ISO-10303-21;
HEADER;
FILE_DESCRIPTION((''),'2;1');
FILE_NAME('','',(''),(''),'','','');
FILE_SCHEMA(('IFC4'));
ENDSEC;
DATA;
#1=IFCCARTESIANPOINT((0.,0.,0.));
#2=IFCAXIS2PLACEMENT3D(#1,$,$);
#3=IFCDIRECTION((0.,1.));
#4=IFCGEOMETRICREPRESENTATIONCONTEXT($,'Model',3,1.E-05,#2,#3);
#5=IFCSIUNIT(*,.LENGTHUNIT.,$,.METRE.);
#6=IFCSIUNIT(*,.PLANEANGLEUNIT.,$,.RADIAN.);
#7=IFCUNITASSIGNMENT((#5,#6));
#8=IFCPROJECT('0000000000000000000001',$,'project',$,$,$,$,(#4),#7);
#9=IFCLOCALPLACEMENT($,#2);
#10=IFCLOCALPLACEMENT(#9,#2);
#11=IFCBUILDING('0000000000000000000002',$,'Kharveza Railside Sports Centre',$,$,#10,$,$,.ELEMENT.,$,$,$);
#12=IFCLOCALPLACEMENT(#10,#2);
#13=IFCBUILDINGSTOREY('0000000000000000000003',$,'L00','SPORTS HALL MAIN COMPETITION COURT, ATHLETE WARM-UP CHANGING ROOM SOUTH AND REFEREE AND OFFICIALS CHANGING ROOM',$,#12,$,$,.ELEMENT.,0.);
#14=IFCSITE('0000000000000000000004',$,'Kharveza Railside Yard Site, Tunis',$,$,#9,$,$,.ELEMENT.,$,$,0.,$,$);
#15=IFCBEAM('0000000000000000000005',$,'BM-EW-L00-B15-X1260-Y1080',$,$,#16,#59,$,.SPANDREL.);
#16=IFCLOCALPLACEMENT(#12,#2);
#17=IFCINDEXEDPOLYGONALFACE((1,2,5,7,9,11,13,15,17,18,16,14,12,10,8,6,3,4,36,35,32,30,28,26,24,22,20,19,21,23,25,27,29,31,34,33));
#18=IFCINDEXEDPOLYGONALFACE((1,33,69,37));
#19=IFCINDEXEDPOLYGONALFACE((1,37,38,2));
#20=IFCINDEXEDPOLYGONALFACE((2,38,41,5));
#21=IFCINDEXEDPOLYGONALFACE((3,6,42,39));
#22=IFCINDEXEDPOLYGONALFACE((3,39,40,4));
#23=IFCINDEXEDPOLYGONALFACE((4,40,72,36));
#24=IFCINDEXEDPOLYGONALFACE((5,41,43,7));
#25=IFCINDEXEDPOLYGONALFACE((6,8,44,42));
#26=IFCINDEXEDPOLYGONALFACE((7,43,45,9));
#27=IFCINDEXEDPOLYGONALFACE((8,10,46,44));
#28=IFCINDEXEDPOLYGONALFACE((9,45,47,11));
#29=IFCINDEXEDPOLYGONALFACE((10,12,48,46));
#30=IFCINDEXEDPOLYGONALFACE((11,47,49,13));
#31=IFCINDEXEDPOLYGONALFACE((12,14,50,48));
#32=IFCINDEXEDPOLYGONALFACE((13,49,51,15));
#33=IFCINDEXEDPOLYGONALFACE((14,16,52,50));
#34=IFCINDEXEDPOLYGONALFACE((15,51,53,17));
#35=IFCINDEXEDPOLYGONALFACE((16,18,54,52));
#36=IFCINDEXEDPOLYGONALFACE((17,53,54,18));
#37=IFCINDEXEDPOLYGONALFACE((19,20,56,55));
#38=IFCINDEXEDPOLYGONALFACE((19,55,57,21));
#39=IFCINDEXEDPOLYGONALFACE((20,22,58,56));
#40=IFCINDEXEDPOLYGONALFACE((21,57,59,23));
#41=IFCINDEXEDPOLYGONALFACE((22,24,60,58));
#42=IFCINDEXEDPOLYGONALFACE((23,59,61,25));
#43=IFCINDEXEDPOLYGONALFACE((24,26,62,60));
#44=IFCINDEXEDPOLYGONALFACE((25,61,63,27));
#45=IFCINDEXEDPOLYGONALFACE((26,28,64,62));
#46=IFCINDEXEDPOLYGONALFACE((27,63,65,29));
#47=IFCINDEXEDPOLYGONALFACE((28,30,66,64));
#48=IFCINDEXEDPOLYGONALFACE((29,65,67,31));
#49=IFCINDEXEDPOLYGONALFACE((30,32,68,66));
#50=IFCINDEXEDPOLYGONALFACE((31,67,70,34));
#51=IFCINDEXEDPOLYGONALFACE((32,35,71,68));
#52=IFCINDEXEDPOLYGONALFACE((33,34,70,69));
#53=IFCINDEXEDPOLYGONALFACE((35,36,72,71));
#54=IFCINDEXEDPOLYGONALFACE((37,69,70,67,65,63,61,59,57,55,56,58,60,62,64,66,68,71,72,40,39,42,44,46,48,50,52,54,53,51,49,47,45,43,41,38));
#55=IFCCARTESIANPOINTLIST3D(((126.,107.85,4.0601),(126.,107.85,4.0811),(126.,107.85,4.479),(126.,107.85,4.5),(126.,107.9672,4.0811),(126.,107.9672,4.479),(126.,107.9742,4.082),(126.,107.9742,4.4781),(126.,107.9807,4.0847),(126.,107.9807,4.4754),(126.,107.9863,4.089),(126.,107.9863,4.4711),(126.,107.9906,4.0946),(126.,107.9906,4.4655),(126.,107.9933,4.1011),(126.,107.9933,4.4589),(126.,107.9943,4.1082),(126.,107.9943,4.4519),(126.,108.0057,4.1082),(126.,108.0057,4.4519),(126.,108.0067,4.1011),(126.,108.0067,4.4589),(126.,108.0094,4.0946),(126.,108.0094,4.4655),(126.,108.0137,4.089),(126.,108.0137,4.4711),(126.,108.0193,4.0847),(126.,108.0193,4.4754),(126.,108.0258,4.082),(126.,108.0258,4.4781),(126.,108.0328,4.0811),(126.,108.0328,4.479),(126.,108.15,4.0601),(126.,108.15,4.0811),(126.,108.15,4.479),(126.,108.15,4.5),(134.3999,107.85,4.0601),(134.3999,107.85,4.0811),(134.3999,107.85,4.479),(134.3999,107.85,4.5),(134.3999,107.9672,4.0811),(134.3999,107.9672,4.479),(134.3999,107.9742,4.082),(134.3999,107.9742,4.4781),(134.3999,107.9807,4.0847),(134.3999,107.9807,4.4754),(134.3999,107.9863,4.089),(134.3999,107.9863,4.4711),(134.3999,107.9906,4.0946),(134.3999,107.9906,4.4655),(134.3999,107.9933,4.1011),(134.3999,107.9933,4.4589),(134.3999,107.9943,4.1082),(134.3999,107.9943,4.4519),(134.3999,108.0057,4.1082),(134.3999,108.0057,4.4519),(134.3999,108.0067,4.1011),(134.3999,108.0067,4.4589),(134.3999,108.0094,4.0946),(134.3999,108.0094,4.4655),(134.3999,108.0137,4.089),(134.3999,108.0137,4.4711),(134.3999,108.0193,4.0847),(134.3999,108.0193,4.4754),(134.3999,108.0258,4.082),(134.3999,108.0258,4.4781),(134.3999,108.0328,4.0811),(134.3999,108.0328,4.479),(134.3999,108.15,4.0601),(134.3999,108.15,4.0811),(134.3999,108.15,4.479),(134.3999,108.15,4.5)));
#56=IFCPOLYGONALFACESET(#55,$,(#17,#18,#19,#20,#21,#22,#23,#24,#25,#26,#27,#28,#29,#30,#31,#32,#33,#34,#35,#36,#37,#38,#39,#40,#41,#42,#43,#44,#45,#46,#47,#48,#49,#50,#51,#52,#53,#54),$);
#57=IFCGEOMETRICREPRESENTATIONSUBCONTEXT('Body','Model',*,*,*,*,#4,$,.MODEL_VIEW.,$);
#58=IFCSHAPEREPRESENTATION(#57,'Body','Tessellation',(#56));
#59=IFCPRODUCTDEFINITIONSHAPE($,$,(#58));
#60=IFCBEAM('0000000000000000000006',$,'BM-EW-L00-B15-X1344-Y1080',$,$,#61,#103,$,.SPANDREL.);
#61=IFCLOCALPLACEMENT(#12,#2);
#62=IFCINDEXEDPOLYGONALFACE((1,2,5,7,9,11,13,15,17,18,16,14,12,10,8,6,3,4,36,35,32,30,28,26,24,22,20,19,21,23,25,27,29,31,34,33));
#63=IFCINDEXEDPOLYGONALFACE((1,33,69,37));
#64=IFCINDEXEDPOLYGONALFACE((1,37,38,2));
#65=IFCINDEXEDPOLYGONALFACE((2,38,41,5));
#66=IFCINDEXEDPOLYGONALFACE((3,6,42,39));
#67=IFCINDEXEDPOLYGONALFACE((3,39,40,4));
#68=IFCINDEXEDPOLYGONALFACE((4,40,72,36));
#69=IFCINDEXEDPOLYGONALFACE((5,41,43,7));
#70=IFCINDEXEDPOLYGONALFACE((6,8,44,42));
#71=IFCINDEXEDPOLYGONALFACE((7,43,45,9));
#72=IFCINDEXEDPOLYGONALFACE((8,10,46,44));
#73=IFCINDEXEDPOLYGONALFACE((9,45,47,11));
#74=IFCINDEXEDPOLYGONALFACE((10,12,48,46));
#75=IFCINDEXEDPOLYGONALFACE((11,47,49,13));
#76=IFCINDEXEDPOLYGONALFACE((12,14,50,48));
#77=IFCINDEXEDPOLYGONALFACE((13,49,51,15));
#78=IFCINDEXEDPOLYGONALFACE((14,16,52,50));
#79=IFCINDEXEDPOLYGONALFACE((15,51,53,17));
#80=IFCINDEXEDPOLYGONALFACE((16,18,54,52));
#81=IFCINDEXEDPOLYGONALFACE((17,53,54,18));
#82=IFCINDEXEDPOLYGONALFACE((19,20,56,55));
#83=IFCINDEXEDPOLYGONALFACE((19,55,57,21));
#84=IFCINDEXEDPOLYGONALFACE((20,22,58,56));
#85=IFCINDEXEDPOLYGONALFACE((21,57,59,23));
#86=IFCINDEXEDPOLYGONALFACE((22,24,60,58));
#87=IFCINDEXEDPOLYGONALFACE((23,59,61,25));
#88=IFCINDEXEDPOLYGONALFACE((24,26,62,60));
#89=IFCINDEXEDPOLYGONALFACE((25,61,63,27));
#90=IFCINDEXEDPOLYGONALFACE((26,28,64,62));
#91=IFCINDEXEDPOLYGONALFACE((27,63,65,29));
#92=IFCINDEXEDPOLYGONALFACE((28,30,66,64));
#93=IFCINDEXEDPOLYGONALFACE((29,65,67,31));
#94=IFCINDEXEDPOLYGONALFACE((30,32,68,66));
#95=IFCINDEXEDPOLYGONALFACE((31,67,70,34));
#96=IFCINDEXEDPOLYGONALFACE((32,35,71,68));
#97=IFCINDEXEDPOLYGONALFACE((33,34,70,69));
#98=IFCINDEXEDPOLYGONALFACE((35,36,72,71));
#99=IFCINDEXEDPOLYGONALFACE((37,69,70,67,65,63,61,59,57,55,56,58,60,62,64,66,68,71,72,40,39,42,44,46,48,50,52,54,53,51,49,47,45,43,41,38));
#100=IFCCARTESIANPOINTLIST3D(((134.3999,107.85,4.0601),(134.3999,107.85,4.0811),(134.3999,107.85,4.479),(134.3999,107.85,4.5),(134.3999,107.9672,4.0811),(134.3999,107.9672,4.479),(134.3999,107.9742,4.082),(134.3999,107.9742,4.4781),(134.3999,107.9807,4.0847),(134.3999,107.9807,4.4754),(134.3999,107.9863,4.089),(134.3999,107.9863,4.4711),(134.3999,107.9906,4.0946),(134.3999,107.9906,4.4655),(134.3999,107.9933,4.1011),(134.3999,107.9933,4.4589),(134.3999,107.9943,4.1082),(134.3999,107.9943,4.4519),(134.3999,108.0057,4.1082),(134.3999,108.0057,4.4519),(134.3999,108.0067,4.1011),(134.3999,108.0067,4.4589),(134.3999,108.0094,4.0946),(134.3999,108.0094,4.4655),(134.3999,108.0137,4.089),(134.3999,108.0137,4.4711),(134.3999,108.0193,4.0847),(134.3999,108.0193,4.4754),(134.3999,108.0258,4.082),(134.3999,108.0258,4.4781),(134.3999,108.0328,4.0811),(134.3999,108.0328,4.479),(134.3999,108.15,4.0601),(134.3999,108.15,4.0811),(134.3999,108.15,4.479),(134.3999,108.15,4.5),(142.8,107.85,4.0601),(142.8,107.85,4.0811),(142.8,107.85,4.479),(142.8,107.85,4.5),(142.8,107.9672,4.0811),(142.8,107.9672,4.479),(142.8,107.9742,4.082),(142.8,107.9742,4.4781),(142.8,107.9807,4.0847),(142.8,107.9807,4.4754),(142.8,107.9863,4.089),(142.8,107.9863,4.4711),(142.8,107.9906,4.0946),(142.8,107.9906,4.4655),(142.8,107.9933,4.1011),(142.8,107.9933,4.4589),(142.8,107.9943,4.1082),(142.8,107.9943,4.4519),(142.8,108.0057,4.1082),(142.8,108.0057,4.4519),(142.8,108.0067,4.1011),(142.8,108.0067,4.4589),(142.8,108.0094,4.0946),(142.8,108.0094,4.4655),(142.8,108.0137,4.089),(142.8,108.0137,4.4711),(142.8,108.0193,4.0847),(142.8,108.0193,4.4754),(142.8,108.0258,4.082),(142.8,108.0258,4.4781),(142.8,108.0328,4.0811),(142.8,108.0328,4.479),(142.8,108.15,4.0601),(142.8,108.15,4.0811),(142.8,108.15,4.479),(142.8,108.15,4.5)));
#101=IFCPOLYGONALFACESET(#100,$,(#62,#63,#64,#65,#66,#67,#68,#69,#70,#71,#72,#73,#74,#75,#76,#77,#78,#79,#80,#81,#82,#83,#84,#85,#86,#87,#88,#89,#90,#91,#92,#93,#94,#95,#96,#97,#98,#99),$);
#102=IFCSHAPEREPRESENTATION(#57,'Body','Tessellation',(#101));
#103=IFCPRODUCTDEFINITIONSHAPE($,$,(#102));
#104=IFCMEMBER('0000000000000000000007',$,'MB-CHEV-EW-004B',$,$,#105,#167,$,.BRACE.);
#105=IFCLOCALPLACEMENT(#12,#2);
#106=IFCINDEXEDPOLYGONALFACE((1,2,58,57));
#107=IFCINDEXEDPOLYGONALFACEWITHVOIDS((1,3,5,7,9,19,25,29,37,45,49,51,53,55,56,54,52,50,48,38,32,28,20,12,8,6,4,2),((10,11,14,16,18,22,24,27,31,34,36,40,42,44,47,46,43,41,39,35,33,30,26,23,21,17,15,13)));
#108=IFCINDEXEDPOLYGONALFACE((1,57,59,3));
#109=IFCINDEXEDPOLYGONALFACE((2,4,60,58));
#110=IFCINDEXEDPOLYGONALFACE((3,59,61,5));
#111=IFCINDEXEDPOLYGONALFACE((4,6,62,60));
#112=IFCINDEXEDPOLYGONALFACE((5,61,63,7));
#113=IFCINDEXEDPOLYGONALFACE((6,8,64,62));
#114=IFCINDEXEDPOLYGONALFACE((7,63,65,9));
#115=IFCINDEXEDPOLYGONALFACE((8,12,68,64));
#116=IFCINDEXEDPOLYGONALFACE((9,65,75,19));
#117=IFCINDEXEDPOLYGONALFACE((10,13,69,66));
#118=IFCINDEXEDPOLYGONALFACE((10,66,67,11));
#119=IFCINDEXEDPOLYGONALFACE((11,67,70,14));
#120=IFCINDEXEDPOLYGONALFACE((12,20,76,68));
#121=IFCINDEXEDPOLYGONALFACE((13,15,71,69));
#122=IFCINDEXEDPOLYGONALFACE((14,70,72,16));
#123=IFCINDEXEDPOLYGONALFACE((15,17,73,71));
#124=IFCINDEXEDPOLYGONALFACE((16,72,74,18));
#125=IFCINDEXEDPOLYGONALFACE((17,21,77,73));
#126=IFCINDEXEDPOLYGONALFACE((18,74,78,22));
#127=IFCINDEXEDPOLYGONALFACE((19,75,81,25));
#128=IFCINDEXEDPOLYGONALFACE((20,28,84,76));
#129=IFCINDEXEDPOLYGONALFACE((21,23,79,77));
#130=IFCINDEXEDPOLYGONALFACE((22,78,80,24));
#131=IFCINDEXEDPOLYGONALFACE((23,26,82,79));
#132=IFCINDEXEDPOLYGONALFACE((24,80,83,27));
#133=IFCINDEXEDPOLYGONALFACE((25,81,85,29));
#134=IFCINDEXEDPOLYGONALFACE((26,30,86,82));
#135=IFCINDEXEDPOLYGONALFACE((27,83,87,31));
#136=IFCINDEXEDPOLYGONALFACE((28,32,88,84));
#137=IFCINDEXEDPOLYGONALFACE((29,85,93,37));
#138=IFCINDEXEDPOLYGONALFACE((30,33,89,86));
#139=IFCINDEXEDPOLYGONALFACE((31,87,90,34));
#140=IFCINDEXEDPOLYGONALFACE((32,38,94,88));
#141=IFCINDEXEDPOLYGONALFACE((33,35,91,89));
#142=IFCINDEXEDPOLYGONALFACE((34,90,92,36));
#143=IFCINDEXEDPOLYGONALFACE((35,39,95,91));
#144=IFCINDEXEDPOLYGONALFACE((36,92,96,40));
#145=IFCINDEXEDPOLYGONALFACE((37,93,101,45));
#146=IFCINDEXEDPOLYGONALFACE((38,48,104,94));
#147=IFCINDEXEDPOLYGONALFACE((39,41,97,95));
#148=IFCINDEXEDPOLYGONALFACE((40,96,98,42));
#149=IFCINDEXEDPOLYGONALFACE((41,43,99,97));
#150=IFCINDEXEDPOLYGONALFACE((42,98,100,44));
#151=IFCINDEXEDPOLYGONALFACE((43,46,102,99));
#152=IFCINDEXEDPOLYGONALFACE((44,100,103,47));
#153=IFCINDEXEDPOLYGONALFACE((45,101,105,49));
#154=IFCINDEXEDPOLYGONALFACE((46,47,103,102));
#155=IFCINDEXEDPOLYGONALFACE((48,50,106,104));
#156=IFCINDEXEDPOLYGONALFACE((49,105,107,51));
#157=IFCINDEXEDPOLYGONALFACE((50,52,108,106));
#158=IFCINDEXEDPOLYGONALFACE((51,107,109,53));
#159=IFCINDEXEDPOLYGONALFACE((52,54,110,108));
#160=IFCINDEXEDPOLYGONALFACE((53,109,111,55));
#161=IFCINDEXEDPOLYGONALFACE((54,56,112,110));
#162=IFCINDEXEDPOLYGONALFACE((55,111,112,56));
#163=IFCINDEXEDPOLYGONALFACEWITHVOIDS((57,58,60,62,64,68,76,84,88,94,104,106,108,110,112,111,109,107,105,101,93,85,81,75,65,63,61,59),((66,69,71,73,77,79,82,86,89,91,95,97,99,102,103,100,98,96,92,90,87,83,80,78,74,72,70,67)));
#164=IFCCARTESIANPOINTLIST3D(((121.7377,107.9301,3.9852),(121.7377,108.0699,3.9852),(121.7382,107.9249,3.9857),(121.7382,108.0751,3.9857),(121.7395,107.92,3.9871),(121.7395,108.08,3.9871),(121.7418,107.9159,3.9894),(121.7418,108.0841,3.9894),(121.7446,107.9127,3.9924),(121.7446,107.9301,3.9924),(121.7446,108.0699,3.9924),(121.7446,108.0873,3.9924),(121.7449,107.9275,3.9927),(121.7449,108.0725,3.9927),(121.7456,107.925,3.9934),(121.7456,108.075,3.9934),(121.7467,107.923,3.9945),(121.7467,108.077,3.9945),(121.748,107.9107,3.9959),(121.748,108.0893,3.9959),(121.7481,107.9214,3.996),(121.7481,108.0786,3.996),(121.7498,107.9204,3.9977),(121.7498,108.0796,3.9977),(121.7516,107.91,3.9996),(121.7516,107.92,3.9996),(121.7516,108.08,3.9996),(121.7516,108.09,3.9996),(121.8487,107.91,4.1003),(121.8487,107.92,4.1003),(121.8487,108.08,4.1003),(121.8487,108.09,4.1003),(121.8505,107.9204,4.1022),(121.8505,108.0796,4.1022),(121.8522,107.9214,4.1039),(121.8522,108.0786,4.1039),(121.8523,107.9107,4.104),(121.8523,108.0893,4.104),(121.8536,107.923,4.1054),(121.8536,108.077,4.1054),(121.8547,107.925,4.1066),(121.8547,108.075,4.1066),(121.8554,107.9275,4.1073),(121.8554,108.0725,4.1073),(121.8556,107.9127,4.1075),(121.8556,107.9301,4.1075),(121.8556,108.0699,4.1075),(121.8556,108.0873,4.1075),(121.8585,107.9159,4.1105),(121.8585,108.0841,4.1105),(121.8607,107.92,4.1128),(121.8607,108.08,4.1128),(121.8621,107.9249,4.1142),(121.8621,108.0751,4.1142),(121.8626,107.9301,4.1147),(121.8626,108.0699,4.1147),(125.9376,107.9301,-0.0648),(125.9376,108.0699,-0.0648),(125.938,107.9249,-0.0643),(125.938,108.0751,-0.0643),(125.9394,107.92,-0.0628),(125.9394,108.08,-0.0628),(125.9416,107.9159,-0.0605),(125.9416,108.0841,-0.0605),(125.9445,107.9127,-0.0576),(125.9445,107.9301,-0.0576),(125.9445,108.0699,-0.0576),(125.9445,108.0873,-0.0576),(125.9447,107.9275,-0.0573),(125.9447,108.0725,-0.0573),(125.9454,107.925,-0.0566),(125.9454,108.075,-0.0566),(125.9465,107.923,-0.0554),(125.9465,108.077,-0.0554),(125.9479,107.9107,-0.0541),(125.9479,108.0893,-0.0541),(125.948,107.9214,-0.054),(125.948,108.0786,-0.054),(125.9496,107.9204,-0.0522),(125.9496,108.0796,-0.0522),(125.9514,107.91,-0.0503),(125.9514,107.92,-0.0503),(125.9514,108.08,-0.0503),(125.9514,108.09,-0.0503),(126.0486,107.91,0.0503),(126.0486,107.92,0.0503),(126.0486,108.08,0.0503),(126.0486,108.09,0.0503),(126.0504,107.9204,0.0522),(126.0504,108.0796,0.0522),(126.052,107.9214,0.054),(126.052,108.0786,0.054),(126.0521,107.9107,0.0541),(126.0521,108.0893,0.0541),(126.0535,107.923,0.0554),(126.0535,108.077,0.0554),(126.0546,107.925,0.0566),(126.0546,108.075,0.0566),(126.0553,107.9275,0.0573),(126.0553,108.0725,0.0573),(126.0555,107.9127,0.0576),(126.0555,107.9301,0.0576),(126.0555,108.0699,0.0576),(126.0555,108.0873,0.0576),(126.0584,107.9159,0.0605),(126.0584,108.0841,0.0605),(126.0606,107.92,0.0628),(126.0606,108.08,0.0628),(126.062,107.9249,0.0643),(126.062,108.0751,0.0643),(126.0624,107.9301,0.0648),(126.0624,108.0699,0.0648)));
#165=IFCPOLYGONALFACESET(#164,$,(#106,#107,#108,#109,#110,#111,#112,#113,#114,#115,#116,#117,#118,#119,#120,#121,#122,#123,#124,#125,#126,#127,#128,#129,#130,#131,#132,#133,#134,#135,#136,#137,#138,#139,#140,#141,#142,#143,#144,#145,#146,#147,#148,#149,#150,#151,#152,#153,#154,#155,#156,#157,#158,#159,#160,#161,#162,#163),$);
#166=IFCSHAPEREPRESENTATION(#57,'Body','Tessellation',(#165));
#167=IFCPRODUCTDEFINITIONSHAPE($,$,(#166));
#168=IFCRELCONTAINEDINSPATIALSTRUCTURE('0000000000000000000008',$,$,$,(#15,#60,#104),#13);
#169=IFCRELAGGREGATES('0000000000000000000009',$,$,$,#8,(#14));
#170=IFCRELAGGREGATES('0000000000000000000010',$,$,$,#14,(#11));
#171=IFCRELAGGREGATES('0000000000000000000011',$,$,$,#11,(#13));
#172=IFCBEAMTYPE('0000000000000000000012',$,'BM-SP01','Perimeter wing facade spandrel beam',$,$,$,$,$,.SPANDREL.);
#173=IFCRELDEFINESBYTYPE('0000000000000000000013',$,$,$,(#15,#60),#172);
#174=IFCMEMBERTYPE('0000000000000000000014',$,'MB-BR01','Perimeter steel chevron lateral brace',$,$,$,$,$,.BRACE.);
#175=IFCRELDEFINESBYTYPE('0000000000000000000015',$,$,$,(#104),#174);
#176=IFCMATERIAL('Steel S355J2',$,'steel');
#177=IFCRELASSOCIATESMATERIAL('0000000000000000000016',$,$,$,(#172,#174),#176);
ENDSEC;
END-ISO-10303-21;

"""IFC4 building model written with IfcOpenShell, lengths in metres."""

from ifc_helpers import new_model, si_unit, direction, frame, origin, origin_2d, place, context, subcontext, project, spatial, hollow_rectangle, i_section, extrude, material, material_profile, profile_set, type_object, element, save


model = new_model("IFC4")

# Units and contexts
model_context = context("Model", 3, precision=1e-05, world=origin(), true_north=direction((0.0, 1.0)))
body_context = subcontext(model_context, "Body", "Model", "MODEL_VIEW")
ifc_project = project(units=[si_unit("LENGTHUNIT", "METRE"), si_unit("PLANEANGLEUNIT", "RADIAN")], contexts=[model_context])

# Site, building, storey
site_placement = place(None, origin())
site = spatial("IfcSite", under=ifc_project, at=site_placement, Name="Kharveza Railside Yard Site, Tunis", CompositionType="ELEMENT", RefElevation=0.0)
building_placement = place(site_placement, origin())
building = spatial("IfcBuilding", under=site, at=building_placement, Name="Kharveza Railside Sports Centre", CompositionType="ELEMENT")
storey_placement = place(building_placement, origin())
storey = spatial("IfcBuildingStorey", under=building, at=storey_placement, Name="L00", Description="SPORTS HALL MAIN COMPETITION COURT, ATHLETE WARM-UP CHANGING ROOM SOUTH AND REFEREE AND OFFICIALS CHANGING ROOM", CompositionType="ELEMENT", Elevation=0.0)

# Shared definitions
ifc_material_1 = material(Name="Steel S355J2", Category="steel")

# Beams
ifc_material_profile_1 = material_profile(ifc_material_1, i_section(OverallWidth=0.3, OverallDepth=0.4399, WebThickness=0.0115, FlangeThickness=0.021, FilletRadius=0.0271, at=origin_2d()), Name="HEA 450")
ifc_profile_set_1 = profile_set([ifc_material_profile_1], Name="Steel S355J2")
beam_type_1 = type_object("IfcBeamType", Name="BM-SP01", Description="Perimeter wing facade spandrel beam", PredefinedType="SPANDREL", material=ifc_profile_set_1)
beam_1_placement = place(storey_placement, frame((126.0, 108.0, 4.28), z_axis=(1.0, 0.0, 0.0), x_axis=(0.0, 1.0, 0.0)))
element("IfcBeam", 1, at=beam_1_placement, inside=storey, type_object=beam_type_1, Name="BM-EW-L00-B15-X1260-Y1080", PredefinedType="SPANDREL", context=body_context, shape_type="SweptSolid", body=[
    extrude(i_section(OverallWidth=0.3, OverallDepth=0.4399, WebThickness=0.0115, FlangeThickness=0.021, FilletRadius=0.0271, at=origin_2d()), origin(), (0.0, 0.0, 1.0), 8.3999),
])
beam_2_placement = place(storey_placement, frame((134.3999, 108.0, 4.28), z_axis=(1.0, 0.0, 0.0), x_axis=(0.0, 1.0, 0.0)))
element("IfcBeam", 2, at=beam_2_placement, inside=storey, type_object=beam_type_1, Name="BM-EW-L00-B15-X1344-Y1080", PredefinedType="SPANDREL", context=body_context, shape_type="SweptSolid", body=[
    extrude(i_section(OverallWidth=0.3, OverallDepth=0.4399, WebThickness=0.0115, FlangeThickness=0.021, FilletRadius=0.0271, at=origin_2d()), origin(), (0.0, 0.0, 1.0), 8.4001),
])

# Member
ifc_material_profile_2 = material_profile(ifc_material_1, hollow_rectangle(XDim=0.1799, YDim=0.1799, WallThickness=0.01, InnerFilletRadius=0.01, OuterFilletRadius=0.02, at=origin_2d()), Name="SHS 180x180x10.0")
ifc_profile_set_2 = profile_set([ifc_material_profile_2], Name="Steel S355J2")
member_type = type_object("IfcMemberType", Name="MB-BR01", Description="Perimeter steel chevron lateral brace", PredefinedType="BRACE", material=ifc_profile_set_2)
member_1_placement = place(storey_placement, frame((126.0, 108.0, 0.0), z_axis=(-0.719836, 0.0, 0.694144), x_axis=(0.0, -1.0, 0.0)))
element("IfcMember", 3, at=member_1_placement, inside=storey, type_object=member_type, Name="MB-CHEV-EW-004B", PredefinedType="BRACE", context=body_context, shape_type="SweptSolid", body=[
    extrude(hollow_rectangle(XDim=0.1799, YDim=0.1799, WallThickness=0.01, InnerFilletRadius=0.01, OuterFilletRadius=0.02, at=origin_2d()), origin(), (0.0, 0.0, 1.0), 5.8345),
])

save(model, "model.ifc")
